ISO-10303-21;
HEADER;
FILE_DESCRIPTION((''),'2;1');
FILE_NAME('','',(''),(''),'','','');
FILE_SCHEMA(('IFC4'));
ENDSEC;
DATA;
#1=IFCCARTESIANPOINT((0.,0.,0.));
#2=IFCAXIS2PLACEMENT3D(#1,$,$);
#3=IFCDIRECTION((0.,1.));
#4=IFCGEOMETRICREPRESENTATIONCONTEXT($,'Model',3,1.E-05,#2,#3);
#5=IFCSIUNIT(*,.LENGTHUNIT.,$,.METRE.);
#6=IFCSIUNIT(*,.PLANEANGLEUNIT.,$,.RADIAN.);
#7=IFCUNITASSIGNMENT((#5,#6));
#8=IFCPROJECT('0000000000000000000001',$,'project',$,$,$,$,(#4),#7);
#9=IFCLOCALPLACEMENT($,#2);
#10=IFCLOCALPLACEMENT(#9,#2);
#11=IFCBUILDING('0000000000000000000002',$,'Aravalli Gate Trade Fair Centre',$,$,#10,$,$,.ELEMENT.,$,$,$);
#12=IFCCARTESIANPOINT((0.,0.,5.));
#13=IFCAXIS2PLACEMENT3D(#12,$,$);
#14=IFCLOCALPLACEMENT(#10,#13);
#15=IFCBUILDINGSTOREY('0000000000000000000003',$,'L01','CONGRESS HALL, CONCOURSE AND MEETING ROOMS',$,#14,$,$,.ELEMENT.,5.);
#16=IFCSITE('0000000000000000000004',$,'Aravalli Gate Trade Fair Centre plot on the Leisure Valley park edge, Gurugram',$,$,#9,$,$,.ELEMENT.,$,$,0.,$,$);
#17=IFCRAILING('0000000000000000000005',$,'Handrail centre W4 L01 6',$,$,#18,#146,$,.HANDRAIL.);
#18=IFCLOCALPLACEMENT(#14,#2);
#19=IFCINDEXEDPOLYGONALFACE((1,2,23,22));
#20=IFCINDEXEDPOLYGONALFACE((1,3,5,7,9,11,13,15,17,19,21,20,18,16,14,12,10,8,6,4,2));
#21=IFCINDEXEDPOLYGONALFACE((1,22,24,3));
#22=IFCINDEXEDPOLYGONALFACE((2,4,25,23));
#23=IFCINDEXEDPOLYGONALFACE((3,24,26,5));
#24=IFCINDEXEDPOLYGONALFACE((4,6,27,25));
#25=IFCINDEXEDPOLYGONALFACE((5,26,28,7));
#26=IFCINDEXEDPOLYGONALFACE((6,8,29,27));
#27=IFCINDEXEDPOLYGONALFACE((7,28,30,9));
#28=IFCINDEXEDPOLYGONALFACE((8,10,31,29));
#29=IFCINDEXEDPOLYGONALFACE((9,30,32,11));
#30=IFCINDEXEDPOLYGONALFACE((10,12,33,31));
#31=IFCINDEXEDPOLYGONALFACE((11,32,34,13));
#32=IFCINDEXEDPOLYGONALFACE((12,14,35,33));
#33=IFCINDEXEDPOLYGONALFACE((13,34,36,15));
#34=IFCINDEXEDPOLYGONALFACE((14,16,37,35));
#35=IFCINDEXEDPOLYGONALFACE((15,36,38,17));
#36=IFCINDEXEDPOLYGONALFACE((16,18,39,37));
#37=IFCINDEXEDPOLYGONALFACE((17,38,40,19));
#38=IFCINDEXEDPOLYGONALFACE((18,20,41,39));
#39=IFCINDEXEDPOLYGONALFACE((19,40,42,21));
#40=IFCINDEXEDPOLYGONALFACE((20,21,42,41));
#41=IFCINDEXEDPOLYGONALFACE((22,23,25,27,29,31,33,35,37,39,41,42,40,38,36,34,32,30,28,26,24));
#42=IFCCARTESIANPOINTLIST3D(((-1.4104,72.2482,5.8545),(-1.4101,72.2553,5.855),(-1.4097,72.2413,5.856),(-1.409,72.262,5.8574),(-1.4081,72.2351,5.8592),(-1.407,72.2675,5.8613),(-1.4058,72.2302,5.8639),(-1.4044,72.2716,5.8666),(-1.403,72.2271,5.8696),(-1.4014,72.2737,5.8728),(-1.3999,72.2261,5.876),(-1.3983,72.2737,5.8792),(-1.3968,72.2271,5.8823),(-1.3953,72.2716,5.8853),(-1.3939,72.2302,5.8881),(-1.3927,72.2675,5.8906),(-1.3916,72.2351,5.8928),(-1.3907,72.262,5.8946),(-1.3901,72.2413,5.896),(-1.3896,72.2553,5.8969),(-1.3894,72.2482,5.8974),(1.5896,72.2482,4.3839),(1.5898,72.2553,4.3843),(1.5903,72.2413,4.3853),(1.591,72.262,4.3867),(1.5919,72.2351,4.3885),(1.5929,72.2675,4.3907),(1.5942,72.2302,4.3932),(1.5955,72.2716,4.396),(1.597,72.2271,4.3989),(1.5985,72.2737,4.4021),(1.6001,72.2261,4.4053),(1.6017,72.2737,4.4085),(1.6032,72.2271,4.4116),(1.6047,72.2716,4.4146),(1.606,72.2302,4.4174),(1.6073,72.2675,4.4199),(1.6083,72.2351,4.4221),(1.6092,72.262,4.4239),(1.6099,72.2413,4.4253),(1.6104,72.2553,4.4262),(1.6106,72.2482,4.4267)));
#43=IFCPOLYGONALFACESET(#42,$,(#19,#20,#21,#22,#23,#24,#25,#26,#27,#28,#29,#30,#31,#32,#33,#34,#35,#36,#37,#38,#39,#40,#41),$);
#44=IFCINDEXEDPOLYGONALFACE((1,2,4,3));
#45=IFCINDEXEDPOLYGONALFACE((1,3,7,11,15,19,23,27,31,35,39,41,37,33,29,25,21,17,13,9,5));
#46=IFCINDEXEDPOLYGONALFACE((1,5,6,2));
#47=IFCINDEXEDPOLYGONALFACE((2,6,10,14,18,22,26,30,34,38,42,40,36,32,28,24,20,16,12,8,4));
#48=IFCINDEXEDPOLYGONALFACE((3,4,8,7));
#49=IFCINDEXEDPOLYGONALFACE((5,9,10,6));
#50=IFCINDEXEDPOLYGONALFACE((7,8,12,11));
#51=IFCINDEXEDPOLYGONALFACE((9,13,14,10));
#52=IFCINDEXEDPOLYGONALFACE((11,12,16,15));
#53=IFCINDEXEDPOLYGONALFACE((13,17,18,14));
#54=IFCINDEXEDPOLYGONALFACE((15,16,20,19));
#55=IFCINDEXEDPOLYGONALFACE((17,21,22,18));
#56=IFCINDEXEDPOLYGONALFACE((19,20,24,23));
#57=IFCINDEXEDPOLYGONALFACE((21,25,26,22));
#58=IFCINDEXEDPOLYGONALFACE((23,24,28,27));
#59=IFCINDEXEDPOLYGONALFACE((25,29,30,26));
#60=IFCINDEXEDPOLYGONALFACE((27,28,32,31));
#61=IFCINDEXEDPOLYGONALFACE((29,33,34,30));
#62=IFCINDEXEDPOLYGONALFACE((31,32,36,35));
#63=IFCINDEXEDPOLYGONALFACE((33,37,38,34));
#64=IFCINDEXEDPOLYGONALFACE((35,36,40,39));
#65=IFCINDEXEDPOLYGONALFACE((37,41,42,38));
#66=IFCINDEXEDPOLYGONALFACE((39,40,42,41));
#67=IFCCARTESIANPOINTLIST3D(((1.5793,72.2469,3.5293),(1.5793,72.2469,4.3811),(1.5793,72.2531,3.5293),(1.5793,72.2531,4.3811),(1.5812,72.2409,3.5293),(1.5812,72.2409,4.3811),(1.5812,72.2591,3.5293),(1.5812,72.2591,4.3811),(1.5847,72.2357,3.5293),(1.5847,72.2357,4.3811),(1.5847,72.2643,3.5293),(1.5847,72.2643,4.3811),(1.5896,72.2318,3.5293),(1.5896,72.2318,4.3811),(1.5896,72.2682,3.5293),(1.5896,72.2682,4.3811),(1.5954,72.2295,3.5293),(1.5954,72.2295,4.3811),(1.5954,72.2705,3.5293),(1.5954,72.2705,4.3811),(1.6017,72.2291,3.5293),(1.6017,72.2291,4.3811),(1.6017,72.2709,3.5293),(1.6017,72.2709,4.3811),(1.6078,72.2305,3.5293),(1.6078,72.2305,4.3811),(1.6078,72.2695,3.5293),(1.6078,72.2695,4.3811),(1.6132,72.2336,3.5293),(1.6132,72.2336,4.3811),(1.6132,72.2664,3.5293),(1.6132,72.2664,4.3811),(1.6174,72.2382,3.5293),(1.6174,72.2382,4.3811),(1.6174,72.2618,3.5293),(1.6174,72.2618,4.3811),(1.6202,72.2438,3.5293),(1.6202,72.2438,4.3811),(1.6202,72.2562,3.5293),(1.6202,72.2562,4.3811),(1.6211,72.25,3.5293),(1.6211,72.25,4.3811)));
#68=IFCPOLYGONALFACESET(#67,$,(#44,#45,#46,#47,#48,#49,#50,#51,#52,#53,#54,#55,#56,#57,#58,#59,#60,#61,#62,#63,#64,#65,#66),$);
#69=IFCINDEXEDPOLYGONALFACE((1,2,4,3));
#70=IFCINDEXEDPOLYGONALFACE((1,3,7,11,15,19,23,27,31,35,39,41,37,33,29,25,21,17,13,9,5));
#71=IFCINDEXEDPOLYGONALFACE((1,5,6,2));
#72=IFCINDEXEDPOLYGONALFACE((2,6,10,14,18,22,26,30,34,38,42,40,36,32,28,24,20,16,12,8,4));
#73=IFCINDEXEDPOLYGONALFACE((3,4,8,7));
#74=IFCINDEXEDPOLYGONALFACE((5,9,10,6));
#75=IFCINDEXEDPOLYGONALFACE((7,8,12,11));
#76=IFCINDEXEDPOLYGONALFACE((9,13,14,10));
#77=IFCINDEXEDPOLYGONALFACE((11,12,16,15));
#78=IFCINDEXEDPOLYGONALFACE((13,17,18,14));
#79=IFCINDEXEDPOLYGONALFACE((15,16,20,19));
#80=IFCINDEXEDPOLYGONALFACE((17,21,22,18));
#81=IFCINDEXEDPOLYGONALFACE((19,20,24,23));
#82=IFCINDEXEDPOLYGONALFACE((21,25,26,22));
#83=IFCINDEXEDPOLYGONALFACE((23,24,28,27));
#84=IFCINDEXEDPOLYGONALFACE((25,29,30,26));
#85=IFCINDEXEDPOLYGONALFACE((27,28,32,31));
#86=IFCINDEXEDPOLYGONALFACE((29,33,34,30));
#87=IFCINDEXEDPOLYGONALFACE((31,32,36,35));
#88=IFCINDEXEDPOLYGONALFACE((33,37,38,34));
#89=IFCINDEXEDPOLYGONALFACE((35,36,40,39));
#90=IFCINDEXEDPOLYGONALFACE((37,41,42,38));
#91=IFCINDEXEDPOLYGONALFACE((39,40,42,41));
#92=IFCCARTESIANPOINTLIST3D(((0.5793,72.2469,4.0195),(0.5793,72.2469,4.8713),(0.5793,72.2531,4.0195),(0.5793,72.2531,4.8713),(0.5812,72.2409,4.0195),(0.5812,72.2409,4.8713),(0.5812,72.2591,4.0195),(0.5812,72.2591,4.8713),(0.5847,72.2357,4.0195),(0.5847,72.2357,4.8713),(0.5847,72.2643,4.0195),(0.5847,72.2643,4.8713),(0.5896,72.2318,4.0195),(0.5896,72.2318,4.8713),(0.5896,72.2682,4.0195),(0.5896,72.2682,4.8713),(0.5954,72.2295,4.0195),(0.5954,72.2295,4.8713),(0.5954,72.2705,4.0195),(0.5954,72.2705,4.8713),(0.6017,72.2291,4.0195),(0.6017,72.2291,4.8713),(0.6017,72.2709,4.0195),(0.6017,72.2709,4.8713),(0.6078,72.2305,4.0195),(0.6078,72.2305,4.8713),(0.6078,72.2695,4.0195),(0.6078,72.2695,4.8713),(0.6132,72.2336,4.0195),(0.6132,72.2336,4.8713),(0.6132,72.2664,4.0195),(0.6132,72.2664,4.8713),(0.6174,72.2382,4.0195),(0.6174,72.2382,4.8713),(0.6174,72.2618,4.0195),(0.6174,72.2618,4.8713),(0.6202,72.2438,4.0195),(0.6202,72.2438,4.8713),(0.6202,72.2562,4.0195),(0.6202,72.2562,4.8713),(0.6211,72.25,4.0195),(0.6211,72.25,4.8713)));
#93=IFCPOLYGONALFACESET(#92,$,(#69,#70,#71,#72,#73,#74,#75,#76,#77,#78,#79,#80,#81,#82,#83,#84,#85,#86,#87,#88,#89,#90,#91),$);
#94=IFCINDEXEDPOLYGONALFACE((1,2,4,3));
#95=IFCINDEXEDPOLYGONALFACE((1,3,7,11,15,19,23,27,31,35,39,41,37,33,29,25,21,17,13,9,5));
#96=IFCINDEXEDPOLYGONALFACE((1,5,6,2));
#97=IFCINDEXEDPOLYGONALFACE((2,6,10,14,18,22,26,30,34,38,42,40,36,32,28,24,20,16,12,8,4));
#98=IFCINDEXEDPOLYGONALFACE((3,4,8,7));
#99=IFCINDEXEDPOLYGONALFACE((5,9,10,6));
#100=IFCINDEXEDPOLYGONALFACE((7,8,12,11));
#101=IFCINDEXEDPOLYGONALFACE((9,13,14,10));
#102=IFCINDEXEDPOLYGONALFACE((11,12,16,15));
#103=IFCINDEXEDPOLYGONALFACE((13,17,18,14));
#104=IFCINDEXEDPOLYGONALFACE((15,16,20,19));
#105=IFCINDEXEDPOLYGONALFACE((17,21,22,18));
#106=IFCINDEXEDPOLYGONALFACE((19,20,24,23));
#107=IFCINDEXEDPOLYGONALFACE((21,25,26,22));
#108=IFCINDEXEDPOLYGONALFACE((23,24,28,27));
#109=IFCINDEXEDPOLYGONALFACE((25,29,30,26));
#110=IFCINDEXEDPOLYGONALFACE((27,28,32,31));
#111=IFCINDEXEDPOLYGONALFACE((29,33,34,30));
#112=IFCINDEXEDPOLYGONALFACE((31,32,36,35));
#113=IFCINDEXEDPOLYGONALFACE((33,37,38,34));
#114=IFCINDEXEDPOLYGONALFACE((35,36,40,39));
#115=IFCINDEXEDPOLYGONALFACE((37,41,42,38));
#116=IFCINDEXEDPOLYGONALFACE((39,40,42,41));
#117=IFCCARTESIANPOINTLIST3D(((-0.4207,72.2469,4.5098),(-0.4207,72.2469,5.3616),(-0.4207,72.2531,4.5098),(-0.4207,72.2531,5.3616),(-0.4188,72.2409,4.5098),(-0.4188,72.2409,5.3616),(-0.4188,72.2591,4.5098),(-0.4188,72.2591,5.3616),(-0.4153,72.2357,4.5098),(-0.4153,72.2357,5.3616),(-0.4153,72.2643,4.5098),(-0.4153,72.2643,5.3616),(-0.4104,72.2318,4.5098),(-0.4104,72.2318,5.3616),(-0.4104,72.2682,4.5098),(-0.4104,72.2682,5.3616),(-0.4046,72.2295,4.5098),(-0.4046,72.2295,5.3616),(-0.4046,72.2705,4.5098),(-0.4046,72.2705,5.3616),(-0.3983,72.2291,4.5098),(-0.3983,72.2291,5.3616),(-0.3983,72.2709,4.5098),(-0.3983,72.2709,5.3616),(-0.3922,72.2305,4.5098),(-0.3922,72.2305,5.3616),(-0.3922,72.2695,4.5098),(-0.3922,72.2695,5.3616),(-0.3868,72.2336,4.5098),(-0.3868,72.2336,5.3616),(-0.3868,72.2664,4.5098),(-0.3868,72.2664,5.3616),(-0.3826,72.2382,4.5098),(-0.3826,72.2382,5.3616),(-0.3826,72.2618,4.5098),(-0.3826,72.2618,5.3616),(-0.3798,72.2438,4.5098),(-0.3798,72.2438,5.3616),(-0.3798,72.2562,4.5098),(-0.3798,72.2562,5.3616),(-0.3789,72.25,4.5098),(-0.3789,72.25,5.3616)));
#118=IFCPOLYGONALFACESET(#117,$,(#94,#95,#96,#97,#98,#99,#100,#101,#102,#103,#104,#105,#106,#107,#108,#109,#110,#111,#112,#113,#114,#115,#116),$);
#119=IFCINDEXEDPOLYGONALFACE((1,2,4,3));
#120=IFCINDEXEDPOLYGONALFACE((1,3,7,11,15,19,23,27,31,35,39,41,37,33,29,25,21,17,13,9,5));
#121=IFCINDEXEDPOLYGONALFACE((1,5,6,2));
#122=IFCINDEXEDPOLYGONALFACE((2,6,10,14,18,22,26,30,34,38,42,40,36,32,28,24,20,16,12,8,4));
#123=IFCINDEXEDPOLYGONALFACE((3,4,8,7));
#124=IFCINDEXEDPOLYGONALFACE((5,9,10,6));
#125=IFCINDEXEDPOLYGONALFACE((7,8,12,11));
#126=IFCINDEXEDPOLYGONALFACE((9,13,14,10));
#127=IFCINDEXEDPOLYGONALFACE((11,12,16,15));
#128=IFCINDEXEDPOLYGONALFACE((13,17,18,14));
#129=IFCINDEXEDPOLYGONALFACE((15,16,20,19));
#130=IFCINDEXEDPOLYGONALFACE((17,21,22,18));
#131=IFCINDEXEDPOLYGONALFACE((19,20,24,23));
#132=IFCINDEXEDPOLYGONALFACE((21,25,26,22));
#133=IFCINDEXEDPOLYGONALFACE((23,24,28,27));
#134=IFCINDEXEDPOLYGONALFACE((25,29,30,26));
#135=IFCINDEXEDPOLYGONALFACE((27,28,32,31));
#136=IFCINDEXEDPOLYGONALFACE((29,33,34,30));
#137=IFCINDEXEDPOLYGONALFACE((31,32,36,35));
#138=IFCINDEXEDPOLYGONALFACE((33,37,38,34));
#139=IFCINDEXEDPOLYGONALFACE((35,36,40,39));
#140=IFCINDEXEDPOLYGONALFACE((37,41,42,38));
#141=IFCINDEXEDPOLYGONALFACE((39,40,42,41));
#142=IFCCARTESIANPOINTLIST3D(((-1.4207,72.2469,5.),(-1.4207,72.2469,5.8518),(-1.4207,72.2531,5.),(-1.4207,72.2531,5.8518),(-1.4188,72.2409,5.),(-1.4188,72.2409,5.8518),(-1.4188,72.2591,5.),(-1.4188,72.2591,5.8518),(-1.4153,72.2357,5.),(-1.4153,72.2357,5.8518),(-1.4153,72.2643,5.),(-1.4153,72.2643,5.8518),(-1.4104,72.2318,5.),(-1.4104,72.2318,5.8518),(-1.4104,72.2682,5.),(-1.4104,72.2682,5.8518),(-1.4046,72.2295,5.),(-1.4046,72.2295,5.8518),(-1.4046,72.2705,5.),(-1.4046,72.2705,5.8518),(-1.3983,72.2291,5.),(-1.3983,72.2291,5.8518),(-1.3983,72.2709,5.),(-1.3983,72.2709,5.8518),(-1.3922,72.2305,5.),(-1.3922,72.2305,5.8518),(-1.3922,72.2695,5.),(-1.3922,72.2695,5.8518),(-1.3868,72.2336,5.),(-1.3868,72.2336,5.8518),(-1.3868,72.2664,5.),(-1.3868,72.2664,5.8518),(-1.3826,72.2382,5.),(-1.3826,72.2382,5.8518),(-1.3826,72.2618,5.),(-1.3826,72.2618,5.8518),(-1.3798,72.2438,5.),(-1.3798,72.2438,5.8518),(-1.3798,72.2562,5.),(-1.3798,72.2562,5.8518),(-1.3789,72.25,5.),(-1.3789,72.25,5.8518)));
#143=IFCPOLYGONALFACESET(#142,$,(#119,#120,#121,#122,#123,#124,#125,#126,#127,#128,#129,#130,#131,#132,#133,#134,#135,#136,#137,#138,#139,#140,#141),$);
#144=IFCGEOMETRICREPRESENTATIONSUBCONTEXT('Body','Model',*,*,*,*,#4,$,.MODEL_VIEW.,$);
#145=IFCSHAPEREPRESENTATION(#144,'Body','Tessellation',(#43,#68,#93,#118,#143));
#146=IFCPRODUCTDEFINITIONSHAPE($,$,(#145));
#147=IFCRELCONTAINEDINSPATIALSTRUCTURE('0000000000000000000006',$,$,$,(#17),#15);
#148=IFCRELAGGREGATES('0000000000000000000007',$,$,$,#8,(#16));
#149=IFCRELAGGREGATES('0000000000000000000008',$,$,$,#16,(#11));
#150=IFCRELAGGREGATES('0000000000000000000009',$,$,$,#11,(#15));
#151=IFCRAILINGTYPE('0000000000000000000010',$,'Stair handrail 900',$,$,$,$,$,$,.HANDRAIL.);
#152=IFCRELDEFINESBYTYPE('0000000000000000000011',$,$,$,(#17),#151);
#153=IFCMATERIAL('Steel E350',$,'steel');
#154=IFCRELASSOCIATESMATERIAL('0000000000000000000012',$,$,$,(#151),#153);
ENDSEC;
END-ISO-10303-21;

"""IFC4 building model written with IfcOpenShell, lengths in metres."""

from ifc_helpers import new_model, si_unit, direction, frame, origin, origin_2d, place, context, subcontext, project, spatial, circle, extrude, material, type_object, element, save


model = new_model("IFC4")

# Units and contexts
model_context = context("Model", 3, precision=1e-05, world=origin(), true_north=direction((0.0, 1.0)))
body_context = subcontext(model_context, "Body", "Model", "MODEL_VIEW")
ifc_project = project(units=[si_unit("LENGTHUNIT", "METRE"), si_unit("PLANEANGLEUNIT", "RADIAN")], contexts=[model_context])

# Site, building, storey
site_placement = place(None, origin())
site = spatial("IfcSite", under=ifc_project, at=site_placement, Name="Aravalli Gate Trade Fair Centre plot on the Leisure Valley park edge, Gurugram", CompositionType="ELEMENT", RefElevation=0.0)
building_placement = place(site_placement, origin())
building = spatial("IfcBuilding", under=site, at=building_placement, Name="Aravalli Gate Trade Fair Centre", CompositionType="ELEMENT")
storey_placement = place(building_placement, frame((0.0, 0.0, 5.0)))
storey = spatial("IfcBuildingStorey", under=building, at=storey_placement, Name="L01", Description="CONGRESS HALL, CONCOURSE AND MEETING ROOMS", CompositionType="ELEMENT", Elevation=5.0)

# Railing
ifc_material_1 = material(Name="Steel E350", Category="steel")
railing_type = type_object("IfcRailingType", Name="Stair handrail 900", PredefinedType="HANDRAIL", material=ifc_material_1)
for number, where, name in (
    (1, (1.6001, 72.25, 3.5293), "Handrail centre W4 L01 6"),
):
    element("IfcRailing", number, at=place(storey_placement, frame(where)), inside=storey, type_object=railing_type, Name=name, PredefinedType="HANDRAIL", context=body_context, shape_type="SweptSolid", body=[
        extrude(circle(Radius=0.0239, at=origin_2d()), frame((0.0, 0.0, 0.876), z_axis=(-0.897907, 0.0, 0.440185), x_axis=(0.0, -1.0, 0.0)), (0.0, 0.0, 1.0), 3.3411),
        extrude(circle(Radius=0.021, at=origin_2d()), origin(), (0.0, 0.0, 1.0), 0.8518),
        extrude(circle(Radius=0.021, at=origin_2d()), frame((-1.0, 0.0, 0.4902)), (0.0, 0.0, 1.0), 0.8518),
        extrude(circle(Radius=0.021, at=origin_2d()), frame((-2.0, 0.0, 0.9805)), (0.0, 0.0, 1.0), 0.8518),
        extrude(circle(Radius=0.021, at=origin_2d()), frame((-3.0, 0.0, 1.4707)), (0.0, 0.0, 1.0), 0.8518),
    ])

save(model, "model.ifc")
